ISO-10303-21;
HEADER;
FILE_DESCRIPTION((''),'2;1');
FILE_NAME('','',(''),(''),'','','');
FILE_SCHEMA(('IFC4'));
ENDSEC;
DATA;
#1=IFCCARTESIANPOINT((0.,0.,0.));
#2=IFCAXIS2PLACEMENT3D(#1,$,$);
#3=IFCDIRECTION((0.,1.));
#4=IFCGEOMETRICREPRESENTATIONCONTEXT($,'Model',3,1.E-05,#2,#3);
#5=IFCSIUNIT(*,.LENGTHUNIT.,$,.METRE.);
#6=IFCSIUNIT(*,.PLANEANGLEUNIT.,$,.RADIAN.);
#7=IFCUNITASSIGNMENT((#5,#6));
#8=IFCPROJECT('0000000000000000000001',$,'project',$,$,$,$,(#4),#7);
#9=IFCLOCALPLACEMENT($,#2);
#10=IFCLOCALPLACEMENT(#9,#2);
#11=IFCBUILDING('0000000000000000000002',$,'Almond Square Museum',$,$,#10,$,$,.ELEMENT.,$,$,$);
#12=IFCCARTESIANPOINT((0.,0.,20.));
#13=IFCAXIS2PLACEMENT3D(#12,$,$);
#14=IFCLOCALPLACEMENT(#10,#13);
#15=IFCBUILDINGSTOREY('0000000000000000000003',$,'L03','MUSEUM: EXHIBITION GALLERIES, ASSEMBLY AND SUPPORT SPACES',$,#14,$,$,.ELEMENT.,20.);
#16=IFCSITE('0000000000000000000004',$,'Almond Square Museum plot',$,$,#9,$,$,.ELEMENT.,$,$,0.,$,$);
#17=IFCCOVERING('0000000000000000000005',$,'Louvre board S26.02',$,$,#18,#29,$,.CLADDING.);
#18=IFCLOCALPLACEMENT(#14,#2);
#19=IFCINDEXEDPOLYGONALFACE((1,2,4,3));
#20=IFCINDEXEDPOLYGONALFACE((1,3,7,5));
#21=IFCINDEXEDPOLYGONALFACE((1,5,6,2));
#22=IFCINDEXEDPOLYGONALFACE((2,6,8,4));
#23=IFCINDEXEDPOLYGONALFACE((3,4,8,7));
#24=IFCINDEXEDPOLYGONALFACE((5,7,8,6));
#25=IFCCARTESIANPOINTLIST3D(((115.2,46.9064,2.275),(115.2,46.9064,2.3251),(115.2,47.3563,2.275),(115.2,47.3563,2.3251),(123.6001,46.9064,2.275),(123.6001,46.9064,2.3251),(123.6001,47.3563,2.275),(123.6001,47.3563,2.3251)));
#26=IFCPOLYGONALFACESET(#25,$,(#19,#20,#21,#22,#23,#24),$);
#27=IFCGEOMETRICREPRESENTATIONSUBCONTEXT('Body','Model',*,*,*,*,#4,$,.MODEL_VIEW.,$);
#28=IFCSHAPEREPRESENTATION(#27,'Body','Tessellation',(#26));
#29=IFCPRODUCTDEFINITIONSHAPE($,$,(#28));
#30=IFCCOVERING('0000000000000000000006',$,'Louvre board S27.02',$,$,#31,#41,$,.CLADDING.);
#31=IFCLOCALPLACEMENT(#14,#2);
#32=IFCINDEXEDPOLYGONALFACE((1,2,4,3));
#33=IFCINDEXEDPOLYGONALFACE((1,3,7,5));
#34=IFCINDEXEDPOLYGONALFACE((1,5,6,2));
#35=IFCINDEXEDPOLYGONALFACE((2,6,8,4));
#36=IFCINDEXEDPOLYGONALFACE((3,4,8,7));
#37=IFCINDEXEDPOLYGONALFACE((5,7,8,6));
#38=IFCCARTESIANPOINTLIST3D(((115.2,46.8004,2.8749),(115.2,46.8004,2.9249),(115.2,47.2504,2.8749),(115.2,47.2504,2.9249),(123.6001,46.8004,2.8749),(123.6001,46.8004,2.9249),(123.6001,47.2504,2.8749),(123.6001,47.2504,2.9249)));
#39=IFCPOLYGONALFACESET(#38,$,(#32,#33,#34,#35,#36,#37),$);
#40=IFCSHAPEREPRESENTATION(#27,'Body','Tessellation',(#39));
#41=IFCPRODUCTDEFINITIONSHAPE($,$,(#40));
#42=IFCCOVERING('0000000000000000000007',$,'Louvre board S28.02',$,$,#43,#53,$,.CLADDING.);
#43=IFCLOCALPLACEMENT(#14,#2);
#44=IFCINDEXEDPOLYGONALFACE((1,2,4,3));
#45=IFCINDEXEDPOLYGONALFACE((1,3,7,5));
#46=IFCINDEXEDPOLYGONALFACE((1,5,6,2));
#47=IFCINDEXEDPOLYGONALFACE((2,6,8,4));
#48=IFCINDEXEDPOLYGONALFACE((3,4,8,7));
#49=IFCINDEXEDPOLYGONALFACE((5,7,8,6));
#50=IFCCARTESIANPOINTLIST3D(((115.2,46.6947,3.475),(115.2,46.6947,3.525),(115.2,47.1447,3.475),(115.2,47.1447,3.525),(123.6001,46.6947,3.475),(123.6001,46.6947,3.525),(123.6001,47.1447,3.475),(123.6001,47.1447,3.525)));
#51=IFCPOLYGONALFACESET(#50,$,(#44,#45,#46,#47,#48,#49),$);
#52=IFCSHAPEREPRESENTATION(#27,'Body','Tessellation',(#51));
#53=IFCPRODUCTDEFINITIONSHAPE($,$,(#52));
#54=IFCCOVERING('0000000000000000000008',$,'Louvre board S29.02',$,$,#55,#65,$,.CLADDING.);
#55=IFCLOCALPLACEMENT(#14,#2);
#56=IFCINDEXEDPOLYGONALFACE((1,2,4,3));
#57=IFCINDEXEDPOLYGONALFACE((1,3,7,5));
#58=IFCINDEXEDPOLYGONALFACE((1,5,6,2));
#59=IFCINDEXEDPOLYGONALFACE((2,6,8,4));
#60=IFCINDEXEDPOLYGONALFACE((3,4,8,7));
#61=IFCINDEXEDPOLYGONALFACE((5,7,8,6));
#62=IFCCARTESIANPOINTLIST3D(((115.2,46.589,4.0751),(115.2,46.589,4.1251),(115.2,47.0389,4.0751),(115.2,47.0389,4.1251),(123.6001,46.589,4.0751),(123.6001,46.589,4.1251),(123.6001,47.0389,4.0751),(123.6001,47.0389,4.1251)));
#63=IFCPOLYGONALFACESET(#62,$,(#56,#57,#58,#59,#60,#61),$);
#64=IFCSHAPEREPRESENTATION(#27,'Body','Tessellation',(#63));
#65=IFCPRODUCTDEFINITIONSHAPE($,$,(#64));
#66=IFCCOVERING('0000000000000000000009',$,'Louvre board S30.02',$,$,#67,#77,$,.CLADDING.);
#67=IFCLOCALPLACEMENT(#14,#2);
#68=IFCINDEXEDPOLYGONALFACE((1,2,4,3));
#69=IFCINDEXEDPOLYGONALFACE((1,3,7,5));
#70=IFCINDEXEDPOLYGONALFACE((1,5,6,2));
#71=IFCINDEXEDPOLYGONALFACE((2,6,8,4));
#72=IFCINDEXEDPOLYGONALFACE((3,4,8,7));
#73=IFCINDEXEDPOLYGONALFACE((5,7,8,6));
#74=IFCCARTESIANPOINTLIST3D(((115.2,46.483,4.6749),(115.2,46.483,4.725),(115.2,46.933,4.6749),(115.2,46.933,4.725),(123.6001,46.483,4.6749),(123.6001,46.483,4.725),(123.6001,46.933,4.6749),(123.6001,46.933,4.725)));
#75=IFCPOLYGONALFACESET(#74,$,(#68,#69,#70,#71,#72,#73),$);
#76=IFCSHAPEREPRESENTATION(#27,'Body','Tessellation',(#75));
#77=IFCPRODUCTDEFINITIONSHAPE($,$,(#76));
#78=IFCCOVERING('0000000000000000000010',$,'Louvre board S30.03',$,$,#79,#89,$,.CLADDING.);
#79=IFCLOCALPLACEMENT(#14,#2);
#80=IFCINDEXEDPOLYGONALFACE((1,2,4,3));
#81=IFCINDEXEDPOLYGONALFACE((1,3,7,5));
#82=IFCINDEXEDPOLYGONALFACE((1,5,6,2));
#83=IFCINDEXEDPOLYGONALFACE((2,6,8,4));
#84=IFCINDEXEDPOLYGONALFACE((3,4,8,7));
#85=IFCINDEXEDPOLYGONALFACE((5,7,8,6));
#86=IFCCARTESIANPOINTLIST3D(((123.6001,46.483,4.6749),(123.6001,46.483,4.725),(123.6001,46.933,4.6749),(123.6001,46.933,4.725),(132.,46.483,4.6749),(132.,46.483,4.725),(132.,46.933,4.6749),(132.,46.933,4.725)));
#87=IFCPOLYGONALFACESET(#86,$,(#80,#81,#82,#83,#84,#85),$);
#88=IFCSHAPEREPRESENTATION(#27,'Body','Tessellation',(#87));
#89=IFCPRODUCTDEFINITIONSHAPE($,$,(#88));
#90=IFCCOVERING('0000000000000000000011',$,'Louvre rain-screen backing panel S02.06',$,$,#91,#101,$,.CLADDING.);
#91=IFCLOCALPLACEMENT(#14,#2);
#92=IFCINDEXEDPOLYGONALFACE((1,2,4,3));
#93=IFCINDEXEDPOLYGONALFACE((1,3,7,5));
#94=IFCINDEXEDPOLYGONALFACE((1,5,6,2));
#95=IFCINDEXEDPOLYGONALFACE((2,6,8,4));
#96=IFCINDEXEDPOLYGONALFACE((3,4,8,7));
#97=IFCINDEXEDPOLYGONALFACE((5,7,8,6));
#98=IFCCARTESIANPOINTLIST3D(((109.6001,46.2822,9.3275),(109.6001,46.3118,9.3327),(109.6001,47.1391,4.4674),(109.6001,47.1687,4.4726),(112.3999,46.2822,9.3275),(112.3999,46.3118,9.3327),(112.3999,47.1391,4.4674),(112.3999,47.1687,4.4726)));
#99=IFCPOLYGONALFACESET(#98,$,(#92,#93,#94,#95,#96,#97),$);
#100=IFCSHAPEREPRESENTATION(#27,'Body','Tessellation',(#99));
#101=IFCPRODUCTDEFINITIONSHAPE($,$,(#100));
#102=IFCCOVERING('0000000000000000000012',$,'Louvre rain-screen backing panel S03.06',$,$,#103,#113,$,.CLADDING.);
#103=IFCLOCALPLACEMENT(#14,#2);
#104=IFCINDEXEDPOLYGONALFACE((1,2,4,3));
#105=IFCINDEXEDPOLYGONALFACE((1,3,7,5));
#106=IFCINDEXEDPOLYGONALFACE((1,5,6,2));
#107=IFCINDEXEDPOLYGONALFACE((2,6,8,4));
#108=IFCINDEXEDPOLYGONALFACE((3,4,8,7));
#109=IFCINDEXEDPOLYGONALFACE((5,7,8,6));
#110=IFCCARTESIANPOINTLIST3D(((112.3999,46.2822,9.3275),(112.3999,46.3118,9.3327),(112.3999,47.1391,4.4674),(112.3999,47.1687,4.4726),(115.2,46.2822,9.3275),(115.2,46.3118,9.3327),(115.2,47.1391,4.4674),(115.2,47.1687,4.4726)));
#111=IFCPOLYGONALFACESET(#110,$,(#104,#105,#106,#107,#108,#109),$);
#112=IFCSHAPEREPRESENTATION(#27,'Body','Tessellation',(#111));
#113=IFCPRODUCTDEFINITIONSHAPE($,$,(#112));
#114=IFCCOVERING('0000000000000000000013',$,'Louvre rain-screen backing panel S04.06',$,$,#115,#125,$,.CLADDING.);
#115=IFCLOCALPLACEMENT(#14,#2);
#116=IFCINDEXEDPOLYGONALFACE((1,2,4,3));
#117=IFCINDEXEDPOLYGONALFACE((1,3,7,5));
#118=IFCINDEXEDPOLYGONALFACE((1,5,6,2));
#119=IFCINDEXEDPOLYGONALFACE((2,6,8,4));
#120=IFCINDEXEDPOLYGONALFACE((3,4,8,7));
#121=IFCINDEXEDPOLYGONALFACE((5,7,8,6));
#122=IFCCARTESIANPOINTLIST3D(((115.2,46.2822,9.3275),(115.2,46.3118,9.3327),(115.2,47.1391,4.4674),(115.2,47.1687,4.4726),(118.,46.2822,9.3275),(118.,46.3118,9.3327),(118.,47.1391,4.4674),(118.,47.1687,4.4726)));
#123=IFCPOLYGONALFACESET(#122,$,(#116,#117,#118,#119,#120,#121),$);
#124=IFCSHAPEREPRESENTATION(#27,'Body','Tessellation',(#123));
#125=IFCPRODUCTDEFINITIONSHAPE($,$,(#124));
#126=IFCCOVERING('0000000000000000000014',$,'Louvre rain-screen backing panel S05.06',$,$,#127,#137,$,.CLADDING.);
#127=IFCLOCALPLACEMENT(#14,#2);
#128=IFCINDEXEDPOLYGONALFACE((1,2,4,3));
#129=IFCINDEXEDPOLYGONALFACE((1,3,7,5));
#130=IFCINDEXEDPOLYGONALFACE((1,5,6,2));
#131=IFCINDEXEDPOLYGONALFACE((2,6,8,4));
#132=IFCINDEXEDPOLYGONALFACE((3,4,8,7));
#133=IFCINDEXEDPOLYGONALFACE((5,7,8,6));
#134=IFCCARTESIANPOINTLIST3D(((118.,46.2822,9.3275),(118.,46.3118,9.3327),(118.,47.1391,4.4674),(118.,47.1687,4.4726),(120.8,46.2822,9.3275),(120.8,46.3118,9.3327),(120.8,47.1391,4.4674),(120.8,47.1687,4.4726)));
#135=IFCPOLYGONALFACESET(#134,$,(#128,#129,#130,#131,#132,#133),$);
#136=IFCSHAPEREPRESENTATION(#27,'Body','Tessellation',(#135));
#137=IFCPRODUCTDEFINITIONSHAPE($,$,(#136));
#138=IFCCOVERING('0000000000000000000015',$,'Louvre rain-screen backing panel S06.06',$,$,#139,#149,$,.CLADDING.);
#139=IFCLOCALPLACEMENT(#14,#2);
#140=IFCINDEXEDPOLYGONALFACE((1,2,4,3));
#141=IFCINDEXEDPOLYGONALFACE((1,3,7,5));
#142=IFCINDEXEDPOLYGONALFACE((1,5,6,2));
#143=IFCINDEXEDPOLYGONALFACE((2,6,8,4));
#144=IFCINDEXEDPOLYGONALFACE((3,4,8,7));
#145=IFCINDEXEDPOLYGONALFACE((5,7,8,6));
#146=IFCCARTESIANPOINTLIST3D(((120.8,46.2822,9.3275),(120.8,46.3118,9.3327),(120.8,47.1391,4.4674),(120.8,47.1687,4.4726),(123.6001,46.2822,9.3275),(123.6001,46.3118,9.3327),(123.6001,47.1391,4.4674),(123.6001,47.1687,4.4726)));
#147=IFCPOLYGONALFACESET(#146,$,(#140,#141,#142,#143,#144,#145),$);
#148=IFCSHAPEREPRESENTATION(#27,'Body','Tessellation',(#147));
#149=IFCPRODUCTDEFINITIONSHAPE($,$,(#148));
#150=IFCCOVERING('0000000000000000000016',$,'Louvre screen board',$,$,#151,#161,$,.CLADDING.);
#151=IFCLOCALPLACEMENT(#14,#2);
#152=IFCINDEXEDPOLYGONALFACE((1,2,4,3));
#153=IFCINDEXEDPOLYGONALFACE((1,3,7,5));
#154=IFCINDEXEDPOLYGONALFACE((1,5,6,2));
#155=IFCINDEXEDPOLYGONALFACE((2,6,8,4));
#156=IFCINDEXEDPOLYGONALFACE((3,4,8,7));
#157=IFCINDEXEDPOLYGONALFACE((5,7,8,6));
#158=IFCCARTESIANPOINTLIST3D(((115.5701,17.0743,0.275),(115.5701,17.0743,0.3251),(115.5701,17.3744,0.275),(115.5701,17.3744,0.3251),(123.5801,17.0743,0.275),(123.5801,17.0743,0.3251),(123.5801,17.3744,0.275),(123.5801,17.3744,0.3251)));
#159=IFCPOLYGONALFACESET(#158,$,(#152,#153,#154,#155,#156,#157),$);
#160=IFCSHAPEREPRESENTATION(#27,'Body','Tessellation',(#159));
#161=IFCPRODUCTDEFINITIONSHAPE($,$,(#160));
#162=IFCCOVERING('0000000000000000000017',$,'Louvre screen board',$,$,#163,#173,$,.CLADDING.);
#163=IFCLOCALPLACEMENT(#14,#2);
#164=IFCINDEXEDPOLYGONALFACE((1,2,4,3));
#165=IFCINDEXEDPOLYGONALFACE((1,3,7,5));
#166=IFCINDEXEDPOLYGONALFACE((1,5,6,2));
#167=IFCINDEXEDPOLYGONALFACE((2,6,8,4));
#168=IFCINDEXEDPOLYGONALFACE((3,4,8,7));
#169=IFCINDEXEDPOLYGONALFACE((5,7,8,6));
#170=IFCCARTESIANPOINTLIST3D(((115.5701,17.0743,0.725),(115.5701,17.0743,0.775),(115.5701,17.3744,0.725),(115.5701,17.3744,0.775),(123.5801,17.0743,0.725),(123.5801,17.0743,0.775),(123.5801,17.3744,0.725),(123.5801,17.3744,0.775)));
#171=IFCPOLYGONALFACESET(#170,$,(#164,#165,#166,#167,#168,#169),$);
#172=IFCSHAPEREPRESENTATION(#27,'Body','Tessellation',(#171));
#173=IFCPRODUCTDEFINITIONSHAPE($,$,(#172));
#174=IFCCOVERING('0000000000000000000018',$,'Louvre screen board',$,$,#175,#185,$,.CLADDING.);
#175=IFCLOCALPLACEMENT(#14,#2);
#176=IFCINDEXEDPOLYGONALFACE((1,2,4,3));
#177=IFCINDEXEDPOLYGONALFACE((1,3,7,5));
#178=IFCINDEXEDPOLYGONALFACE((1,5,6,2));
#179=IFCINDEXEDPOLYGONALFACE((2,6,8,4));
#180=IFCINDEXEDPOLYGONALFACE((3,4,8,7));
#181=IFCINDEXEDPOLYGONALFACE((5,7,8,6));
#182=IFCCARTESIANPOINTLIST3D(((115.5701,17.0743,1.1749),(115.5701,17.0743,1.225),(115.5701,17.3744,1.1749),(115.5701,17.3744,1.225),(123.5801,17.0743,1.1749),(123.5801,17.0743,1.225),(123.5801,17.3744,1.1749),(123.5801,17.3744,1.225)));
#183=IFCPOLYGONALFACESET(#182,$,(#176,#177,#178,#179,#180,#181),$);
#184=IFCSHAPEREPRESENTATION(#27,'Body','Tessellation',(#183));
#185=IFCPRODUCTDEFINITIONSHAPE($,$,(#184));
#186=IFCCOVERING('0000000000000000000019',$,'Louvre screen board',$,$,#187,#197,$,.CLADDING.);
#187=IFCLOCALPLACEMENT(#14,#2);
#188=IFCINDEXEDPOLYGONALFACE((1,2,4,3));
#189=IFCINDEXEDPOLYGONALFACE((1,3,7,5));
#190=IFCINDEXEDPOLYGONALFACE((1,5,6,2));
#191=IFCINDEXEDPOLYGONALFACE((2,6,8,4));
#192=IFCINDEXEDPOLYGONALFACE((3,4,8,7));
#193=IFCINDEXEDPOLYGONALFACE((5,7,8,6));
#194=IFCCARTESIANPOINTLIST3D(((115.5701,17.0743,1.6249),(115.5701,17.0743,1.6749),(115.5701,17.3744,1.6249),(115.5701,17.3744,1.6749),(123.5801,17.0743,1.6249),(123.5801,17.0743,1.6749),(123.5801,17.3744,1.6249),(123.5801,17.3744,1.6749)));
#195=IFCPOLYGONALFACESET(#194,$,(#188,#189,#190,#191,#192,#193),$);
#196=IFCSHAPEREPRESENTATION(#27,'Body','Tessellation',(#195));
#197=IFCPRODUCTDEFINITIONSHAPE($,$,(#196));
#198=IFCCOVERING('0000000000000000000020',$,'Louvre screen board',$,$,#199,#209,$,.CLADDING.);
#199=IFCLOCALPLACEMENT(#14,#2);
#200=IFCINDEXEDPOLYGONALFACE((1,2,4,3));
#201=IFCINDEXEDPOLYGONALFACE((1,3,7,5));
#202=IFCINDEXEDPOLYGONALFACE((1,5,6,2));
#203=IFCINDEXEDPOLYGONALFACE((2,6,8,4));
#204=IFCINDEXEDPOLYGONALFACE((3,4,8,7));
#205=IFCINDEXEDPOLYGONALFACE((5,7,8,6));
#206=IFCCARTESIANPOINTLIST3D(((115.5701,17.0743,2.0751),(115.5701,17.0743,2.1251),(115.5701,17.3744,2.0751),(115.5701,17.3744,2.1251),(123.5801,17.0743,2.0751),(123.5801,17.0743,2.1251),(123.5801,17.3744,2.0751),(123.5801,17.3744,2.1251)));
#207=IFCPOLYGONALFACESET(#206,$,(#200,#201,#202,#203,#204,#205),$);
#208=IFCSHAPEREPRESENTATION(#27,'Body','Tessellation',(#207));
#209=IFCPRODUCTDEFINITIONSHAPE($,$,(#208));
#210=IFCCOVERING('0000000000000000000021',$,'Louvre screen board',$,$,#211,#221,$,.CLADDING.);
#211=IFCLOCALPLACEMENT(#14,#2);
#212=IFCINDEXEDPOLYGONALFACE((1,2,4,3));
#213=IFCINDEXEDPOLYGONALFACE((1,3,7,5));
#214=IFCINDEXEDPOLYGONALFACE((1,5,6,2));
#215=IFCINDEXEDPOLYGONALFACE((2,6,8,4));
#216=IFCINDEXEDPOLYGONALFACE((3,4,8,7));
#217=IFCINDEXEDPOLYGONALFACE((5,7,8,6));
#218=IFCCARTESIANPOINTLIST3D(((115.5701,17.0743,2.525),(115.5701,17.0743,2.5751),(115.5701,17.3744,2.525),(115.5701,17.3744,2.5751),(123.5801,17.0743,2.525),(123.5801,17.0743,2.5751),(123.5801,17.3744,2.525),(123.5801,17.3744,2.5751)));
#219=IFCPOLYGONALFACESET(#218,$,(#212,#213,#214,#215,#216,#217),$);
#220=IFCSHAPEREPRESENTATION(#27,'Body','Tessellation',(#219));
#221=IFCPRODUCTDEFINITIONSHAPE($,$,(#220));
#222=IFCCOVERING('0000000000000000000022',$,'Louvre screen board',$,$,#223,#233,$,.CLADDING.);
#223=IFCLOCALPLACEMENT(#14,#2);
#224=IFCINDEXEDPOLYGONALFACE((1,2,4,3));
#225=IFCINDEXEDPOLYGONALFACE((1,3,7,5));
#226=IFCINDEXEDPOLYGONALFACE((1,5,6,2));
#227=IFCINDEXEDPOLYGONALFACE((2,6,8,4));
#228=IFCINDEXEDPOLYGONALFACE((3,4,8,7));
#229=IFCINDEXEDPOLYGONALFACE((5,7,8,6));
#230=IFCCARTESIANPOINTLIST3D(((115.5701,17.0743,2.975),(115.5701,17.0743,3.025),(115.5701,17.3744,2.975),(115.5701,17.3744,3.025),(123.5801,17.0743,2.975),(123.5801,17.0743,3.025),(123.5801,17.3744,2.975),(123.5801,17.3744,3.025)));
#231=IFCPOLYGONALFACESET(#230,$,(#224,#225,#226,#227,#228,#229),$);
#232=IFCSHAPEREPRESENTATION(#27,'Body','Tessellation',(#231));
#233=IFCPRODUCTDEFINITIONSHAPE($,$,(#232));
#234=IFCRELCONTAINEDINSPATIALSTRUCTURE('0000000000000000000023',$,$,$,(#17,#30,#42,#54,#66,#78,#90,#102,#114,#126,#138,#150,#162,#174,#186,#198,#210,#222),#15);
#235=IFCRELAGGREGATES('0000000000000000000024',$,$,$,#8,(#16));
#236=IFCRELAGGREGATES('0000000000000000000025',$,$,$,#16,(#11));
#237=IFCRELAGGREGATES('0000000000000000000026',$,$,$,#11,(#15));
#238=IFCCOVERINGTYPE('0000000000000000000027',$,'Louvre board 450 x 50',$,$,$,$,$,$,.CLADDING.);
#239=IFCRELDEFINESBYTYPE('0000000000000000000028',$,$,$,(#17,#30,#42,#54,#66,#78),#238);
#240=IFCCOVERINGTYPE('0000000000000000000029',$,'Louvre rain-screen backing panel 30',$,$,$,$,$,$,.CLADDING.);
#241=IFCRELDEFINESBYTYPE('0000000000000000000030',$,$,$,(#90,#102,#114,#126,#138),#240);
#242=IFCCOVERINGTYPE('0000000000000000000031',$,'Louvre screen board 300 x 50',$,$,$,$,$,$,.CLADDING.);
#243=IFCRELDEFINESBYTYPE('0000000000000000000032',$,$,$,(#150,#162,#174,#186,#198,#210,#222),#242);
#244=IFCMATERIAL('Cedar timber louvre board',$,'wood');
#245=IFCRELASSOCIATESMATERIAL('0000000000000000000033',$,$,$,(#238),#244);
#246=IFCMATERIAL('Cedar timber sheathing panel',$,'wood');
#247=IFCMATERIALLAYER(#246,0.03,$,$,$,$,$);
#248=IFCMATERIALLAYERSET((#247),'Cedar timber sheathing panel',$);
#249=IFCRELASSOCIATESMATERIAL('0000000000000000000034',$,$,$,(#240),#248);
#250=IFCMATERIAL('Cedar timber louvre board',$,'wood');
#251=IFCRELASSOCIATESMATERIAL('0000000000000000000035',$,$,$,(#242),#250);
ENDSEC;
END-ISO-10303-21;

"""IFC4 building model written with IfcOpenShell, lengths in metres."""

from ifc_helpers import new_model, si_unit, direction, frame, origin, origin_2d, place, context, subcontext, project, spatial, polyline, rectangle, outline, extrude, material, layer, layer_set, material_profile, profile_set, type_object, element, save


model = new_model("IFC4")

# Units and contexts
model_context = context("Model", 3, precision=1e-05, world=origin(), true_north=direction((0.0, 1.0)))
body_context = subcontext(model_context, "Body", "Model", "MODEL_VIEW")
ifc_project = project(units=[si_unit("LENGTHUNIT", "METRE"), si_unit("PLANEANGLEUNIT", "RADIAN")], contexts=[model_context])

# Site, building, storey
site_placement = place(None, origin())
site = spatial("IfcSite", under=ifc_project, at=site_placement, Name="Almond Square Museum plot", CompositionType="ELEMENT", RefElevation=0.0)
building_placement = place(site_placement, origin())
building = spatial("IfcBuilding", under=site, at=building_placement, Name="Almond Square Museum", CompositionType="ELEMENT")
storey_placement = place(building_placement, frame((0.0, 0.0, 20.0)))
storey = spatial("IfcBuildingStorey", under=building, at=storey_placement, Name="L03", Description="MUSEUM: EXHIBITION GALLERIES, ASSEMBLY AND SUPPORT SPACES", CompositionType="ELEMENT", Elevation=20.0)

# Coverings
ifc_material_1 = material(Name="Cedar timber louvre board", Category="wood")
ifc_material_profile_1 = material_profile(ifc_material_1, rectangle(XDim=0.45, YDim=0.05, at=origin_2d()))
ifc_profile_set_1 = profile_set([ifc_material_profile_1], Name="Cedar timber louvre board")
covering_type_1 = type_object("IfcCoveringType", Name="Louvre board 450 x 50", PredefinedType="CLADDING", material=ifc_profile_set_1)
for number, where, z_axis, x_axis, name in (
    (1, (115.2, 47.1313, 2.3), (1.0, 0.0, 0.0), (0.0, 1.0, 0.0), "Louvre board S26.02"),
    (2, (115.2, 47.0254, 2.8999), (1.0, 0.0, 0.0), (0.0, 1.0, 0.0), "Louvre board S27.02"),
    (3, (115.2, 46.9197, 3.5), (1.0, 0.0, 0.0), (0.0, 1.0, 0.0), "Louvre board S28.02"),
    (4, (115.2, 46.814, 4.1001), (1.0, 0.0, 0.0), (0.0, 1.0, 0.0), "Louvre board S29.02"),
    (5, (115.2, 46.708, 4.7), (1.0, 0.0, 0.0), (0.0, 1.0, 0.0), "Louvre board S30.02"),
):
    element("IfcCovering", number, at=place(storey_placement, frame(where, z_axis=z_axis, x_axis=x_axis)), inside=storey, type_object=covering_type_1, Name=name, PredefinedType="CLADDING", context=body_context, shape_type="SweptSolid", body=[
        extrude(rectangle(XDim=0.45, YDim=0.05, at=origin_2d()), origin(), (0.0, 0.0, 1.0), 8.4001),
    ])
covering_1_placement = place(storey_placement, frame((123.6001, 46.708, 4.7), z_axis=(1.0, 0.0, 0.0), x_axis=(0.0, 1.0, 0.0)))
element("IfcCovering", 6, at=covering_1_placement, inside=storey, type_object=covering_type_1, Name="Louvre board S30.03", PredefinedType="CLADDING", context=body_context, shape_type="SweptSolid", body=[
    extrude(rectangle(XDim=0.45, YDim=0.05, at=origin_2d()), origin(), (0.0, 0.0, 1.0), 8.3999),
])
ifc_material_2 = material(Name="Cedar timber sheathing panel", Category="wood")
ifc_layer = layer(ifc_material_2, 0.03)
ifc_layer_set = layer_set([ifc_layer], Name="Cedar timber sheathing panel")
covering_type_2 = type_object("IfcCoveringType", Name="Louvre rain-screen backing panel 30", PredefinedType="CLADDING", material=ifc_layer_set)
covering_2_placement = place(storey_placement, frame((109.6001, 47.1538, 4.47), z_axis=(0.0, -0.984809, -0.173641), x_axis=(1.0, 0.0, 0.0)))
element("IfcCovering", 7, at=covering_2_placement, inside=storey, type_object=covering_type_2, Name="Louvre rain-screen backing panel S02.06", PredefinedType="CLADDING", context=body_context, shape_type="SweptSolid", body=[
    extrude(outline(polyline([(0.0, 0.0), (2.7998, 0.0), (2.7998, 4.9351), (0.0, 4.9351), (0.0, 0.0)])), frame((0.0, 0.0, -0.0151)), (0.0, 0.0, 1.0), 0.03),
])
for number, where, z_axis, x_axis, name in (
    (8, (112.3999, 47.1538, 4.47), (0.0, -0.984809, -0.173641), (1.0, 0.0, 0.0), "Louvre rain-screen backing panel S03.06"),
    (9, (115.2, 47.1538, 4.47), (0.0, -0.984809, -0.173641), (1.0, 0.0, 0.0), "Louvre rain-screen backing panel S04.06"),
    (10, (118.0, 47.1538, 4.47), (0.0, -0.984809, -0.173641), (1.0, 0.0, 0.0), "Louvre rain-screen backing panel S05.06"),
    (11, (120.8, 47.1538, 4.47), (0.0, -0.984809, -0.173641), (1.0, 0.0, 0.0), "Louvre rain-screen backing panel S06.06"),
):
    element("IfcCovering", number, at=place(storey_placement, frame(where, z_axis=z_axis, x_axis=x_axis)), inside=storey, type_object=covering_type_2, Name=name, PredefinedType="CLADDING", context=body_context, shape_type="SweptSolid", body=[
        extrude(outline(polyline([(0.0, 0.0), (2.8, 0.0), (2.8, 4.9351), (0.0, 4.9351), (0.0, 0.0)])), frame((0.0, 0.0, -0.0151)), (0.0, 0.0, 1.0), 0.03),
    ])
ifc_material_3 = material(Name="Cedar timber louvre board", Category="wood")
ifc_material_profile_2 = material_profile(ifc_material_3, rectangle(XDim=0.3, YDim=0.05, at=origin_2d()))
ifc_profile_set_2 = profile_set([ifc_material_profile_2], Name="Cedar timber louvre board")
covering_type_3 = type_object("IfcCoveringType", Name="Louvre screen board 300 x 50", PredefinedType="CLADDING", material=ifc_profile_set_2)
for number, where, z_axis, x_axis, name in (
    (12, (115.5701, 17.2244, 0.3), (1.0, 0.0, 0.0), (0.0, 1.0, 0.0), "Louvre screen board"),
    (13, (115.5701, 17.2244, 0.75), (1.0, 0.0, 0.0), (0.0, 1.0, 0.0), "Louvre screen board"),
    (14, (115.5701, 17.2244, 1.2), (1.0, 0.0, 0.0), (0.0, 1.0, 0.0), "Louvre screen board"),
    (15, (115.5701, 17.2244, 1.6499), (1.0, 0.0, 0.0), (0.0, 1.0, 0.0), "Louvre screen board"),
    (16, (115.5701, 17.2244, 2.1001), (1.0, 0.0, 0.0), (0.0, 1.0, 0.0), "Louvre screen board"),
    (17, (115.5701, 17.2244, 2.55), (1.0, 0.0, 0.0), (0.0, 1.0, 0.0), "Louvre screen board"),
    (18, (115.5701, 17.2244, 3.0), (1.0, 0.0, 0.0), (0.0, 1.0, 0.0), "Louvre screen board"),
):
    element("IfcCovering", number, at=place(storey_placement, frame(where, z_axis=z_axis, x_axis=x_axis)), inside=storey, type_object=covering_type_3, Name=name, PredefinedType="CLADDING", context=body_context, shape_type="SweptSolid", body=[
        extrude(rectangle(XDim=0.3, YDim=0.05, at=origin_2d()), origin(), (0.0, 0.0, 1.0), 8.01),
    ])

save(model, "model.ifc")
